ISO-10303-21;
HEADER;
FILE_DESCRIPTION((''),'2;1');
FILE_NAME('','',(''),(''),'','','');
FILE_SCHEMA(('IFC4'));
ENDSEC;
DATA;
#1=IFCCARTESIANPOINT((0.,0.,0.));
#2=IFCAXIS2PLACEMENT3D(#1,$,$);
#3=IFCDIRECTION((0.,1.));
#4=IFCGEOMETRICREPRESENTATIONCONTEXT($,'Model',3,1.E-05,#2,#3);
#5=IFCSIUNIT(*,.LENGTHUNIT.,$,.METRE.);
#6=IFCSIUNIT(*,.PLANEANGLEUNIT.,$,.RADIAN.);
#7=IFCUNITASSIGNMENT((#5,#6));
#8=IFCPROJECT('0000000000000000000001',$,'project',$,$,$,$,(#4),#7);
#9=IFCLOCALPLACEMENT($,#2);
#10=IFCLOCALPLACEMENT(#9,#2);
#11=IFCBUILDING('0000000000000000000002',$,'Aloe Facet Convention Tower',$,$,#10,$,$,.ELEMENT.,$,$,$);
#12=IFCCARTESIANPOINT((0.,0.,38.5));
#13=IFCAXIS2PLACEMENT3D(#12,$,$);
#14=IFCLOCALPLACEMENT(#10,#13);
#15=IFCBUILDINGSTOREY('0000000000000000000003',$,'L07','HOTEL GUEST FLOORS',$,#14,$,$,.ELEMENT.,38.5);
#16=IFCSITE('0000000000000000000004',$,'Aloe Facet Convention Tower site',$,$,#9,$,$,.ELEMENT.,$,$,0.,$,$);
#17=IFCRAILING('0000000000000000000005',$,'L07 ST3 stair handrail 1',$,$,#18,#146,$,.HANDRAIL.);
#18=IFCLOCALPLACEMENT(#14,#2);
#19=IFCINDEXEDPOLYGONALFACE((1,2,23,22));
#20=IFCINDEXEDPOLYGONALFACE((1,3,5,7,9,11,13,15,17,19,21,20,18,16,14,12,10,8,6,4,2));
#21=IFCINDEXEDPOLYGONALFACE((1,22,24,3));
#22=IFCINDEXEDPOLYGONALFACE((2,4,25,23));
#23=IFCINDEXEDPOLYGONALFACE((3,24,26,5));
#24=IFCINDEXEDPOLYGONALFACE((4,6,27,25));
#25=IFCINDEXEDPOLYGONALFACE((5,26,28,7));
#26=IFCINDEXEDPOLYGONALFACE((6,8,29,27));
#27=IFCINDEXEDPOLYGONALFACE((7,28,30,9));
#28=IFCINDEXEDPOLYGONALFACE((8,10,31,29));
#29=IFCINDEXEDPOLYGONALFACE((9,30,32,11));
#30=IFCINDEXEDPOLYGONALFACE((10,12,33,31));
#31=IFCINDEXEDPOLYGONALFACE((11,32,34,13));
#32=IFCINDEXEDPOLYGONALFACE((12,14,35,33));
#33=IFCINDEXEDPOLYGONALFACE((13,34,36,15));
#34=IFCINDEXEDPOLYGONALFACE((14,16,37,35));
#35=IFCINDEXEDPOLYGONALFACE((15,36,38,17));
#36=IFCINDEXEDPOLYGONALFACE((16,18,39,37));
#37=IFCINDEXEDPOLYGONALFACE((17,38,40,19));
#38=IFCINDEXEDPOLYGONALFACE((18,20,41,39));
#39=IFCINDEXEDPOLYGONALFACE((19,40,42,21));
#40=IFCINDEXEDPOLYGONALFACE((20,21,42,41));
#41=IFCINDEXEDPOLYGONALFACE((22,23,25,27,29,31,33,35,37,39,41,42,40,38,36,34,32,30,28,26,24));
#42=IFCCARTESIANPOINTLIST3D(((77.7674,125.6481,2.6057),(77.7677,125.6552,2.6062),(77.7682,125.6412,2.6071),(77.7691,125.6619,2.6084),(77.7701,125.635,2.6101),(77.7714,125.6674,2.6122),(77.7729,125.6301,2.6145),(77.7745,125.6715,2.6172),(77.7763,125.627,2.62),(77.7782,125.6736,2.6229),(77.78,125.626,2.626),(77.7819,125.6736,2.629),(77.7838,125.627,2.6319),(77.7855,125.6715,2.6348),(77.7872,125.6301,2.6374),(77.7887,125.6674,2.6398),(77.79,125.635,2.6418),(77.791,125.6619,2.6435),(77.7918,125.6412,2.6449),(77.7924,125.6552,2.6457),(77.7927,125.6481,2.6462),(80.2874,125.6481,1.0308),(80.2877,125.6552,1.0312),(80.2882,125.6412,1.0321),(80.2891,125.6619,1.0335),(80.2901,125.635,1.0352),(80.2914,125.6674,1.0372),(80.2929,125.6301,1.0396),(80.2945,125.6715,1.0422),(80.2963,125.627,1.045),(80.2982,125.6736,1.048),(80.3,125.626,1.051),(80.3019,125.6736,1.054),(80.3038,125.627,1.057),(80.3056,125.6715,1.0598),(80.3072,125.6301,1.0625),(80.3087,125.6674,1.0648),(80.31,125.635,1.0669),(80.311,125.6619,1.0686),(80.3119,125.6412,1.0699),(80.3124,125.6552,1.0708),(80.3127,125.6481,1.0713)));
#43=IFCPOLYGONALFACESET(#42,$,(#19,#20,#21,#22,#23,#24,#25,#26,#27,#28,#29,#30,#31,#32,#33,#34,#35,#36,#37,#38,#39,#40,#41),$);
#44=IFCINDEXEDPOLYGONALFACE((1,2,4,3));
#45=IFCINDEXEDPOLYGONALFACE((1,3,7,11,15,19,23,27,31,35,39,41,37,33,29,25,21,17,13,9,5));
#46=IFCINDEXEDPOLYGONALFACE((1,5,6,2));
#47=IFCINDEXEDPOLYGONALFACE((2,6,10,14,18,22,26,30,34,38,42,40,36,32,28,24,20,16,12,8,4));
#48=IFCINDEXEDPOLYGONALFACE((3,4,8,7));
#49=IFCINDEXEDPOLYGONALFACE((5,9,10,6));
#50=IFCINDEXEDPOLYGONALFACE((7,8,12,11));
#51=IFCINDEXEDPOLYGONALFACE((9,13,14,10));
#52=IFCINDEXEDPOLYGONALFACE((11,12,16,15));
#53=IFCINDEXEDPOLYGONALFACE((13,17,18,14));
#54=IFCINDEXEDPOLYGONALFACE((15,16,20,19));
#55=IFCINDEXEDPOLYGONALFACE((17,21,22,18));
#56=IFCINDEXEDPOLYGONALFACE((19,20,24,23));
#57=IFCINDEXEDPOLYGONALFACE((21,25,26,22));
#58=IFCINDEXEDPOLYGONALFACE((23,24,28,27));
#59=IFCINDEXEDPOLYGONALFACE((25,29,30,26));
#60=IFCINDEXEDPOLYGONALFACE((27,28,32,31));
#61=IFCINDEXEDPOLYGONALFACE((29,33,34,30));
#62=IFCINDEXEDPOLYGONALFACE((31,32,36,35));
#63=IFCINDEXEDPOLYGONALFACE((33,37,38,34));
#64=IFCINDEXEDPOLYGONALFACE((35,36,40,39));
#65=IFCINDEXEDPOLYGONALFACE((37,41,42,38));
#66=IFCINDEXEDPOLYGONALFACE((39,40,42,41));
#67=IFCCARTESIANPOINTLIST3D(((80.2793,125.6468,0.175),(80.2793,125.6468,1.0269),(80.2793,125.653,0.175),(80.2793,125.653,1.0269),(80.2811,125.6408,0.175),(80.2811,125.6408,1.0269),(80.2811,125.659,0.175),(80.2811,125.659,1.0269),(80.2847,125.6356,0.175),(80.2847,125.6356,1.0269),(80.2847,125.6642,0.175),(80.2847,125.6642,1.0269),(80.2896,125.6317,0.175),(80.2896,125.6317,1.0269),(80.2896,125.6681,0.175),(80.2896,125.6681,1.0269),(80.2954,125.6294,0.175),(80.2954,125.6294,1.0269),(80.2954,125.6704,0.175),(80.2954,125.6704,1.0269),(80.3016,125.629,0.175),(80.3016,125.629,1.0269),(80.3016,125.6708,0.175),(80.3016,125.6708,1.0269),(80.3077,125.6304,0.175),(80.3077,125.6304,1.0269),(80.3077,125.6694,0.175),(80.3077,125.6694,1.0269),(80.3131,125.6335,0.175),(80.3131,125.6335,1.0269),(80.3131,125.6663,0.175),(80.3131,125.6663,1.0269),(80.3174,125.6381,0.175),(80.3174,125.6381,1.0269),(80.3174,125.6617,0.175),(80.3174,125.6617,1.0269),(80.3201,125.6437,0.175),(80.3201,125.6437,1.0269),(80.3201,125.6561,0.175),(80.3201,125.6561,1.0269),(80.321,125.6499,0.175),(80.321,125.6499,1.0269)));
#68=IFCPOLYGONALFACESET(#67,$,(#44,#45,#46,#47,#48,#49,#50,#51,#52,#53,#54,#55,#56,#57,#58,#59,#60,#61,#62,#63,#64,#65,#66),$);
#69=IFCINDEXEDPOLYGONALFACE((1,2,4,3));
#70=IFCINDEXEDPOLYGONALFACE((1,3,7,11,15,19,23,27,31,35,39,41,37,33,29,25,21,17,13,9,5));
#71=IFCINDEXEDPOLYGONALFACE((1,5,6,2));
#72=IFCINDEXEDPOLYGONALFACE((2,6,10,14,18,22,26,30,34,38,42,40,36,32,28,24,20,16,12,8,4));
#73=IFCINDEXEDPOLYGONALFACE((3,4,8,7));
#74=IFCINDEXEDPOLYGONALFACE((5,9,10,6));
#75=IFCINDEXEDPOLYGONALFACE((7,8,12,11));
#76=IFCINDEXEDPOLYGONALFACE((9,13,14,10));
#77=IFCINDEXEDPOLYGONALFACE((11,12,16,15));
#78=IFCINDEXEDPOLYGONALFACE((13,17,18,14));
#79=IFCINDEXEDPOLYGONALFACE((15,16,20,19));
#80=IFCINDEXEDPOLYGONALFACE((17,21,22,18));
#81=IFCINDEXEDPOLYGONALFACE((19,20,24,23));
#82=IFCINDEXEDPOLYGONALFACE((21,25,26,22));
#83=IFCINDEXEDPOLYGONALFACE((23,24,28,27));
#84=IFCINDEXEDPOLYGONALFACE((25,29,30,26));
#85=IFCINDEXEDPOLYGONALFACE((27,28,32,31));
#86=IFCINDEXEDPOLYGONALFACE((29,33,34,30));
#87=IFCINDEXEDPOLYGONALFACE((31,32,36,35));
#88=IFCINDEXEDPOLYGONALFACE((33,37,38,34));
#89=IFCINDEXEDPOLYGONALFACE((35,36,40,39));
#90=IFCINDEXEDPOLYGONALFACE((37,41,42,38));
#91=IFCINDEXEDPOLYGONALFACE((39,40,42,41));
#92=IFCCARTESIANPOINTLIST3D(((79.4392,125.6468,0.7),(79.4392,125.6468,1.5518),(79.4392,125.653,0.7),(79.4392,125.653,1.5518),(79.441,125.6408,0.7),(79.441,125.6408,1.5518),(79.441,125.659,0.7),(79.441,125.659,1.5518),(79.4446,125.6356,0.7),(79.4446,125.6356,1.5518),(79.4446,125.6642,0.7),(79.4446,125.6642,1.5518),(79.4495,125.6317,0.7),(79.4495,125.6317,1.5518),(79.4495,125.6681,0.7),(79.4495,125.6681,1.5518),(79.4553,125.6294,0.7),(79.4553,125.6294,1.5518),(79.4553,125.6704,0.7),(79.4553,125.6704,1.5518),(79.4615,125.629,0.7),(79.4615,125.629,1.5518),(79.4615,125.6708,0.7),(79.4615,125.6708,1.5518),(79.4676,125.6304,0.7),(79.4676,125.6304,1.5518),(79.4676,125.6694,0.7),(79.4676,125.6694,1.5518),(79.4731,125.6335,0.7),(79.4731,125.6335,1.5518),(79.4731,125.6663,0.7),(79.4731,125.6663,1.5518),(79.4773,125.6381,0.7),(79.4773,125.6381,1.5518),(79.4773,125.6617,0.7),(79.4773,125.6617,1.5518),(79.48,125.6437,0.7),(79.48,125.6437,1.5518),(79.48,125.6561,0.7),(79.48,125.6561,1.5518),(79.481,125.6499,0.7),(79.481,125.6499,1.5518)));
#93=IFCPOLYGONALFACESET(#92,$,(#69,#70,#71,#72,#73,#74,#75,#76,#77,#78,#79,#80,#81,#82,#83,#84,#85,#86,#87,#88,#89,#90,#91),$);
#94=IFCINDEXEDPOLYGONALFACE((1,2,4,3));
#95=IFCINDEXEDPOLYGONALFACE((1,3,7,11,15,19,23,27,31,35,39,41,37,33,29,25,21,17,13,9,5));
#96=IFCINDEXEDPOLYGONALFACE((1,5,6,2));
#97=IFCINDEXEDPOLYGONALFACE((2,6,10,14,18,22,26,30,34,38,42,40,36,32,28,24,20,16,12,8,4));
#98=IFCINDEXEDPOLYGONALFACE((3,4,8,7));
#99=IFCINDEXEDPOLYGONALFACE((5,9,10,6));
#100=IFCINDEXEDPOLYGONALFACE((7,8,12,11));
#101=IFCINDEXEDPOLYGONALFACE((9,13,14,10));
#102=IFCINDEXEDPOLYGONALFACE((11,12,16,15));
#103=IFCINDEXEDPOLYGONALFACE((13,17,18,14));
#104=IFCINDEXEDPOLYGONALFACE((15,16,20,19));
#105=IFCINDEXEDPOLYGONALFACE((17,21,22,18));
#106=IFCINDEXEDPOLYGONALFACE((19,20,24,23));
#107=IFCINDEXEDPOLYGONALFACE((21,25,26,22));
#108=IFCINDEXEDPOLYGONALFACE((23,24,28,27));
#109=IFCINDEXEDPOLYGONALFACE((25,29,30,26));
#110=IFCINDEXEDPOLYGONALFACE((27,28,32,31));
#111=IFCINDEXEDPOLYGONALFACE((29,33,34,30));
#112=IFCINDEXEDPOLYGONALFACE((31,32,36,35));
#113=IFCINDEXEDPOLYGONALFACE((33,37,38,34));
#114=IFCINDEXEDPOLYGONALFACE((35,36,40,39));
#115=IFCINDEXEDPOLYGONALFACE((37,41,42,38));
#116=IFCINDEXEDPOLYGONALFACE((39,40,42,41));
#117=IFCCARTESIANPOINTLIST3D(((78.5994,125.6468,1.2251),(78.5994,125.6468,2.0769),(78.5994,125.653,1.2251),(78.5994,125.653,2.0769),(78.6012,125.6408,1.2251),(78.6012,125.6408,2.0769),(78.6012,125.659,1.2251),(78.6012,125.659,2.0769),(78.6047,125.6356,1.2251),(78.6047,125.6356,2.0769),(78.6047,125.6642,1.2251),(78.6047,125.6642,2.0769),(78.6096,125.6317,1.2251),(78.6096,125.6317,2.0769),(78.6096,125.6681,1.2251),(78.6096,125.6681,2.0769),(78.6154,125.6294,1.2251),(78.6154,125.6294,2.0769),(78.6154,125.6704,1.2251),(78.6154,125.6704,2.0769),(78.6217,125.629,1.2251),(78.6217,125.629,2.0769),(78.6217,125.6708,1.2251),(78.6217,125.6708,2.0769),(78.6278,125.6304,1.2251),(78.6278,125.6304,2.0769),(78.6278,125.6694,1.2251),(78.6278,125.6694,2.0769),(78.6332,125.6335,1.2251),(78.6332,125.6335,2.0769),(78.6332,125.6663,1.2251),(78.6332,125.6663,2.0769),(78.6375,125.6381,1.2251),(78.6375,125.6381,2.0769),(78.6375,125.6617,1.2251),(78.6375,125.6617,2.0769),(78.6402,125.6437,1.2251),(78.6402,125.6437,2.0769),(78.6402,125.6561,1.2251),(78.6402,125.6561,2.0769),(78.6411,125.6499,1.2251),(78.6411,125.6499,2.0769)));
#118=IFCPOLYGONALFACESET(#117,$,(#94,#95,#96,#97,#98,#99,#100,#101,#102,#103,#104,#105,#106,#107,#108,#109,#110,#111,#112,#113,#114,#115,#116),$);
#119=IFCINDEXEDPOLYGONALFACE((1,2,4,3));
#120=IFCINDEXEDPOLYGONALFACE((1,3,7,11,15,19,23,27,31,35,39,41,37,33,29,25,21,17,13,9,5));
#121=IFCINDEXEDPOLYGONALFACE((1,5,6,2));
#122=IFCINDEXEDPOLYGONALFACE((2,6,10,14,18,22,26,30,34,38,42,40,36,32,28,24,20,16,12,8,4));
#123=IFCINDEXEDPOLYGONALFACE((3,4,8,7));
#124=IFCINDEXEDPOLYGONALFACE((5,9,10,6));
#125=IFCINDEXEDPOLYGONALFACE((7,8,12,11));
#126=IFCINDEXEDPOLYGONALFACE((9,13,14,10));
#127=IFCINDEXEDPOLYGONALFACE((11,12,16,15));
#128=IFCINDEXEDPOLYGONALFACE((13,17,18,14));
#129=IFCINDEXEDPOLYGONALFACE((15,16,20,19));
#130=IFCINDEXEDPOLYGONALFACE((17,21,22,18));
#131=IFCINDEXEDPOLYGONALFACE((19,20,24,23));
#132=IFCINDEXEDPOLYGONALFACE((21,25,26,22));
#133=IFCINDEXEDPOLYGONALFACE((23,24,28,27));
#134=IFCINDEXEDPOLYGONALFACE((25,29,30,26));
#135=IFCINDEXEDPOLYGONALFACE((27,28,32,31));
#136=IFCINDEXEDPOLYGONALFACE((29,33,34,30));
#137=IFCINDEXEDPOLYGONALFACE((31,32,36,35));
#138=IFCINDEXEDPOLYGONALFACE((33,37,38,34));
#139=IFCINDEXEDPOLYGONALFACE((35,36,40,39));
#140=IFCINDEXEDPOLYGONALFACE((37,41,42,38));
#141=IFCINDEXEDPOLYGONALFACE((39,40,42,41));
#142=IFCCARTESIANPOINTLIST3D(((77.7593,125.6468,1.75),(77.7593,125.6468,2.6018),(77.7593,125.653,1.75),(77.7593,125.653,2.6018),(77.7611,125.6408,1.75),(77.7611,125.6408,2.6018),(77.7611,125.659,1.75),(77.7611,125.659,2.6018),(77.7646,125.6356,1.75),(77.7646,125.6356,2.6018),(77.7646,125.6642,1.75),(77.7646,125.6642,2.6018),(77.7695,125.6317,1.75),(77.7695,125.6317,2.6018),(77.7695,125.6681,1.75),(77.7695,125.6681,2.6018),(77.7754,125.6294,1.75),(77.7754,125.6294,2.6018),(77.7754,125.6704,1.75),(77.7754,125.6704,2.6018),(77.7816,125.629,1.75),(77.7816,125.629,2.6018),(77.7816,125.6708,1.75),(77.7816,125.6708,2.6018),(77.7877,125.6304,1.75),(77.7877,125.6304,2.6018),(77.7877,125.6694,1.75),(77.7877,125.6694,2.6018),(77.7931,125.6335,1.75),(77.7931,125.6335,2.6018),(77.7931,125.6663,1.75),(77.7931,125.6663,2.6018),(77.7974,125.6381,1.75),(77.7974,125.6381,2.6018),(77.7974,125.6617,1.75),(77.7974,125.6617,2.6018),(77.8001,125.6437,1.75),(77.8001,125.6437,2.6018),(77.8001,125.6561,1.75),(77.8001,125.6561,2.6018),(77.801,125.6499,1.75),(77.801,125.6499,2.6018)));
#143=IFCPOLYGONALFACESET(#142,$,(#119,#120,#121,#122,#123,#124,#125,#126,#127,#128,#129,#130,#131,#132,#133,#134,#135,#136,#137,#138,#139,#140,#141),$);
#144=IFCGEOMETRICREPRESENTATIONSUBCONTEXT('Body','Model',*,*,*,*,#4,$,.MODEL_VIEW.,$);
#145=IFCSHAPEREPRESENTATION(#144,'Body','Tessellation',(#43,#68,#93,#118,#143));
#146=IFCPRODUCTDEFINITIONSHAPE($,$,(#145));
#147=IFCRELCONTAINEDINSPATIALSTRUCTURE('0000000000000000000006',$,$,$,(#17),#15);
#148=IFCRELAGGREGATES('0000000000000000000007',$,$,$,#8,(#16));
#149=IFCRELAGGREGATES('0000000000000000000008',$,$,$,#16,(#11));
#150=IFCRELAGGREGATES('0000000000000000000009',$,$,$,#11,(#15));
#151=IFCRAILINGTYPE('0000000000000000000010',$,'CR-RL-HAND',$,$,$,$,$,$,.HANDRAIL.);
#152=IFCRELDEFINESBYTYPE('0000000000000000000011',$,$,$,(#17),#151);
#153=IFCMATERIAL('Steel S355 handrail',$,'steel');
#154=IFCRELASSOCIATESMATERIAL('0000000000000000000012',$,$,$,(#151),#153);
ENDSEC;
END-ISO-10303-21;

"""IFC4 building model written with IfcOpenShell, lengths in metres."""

from ifc_helpers import new_model, si_unit, direction, frame, origin, origin_2d, place, context, subcontext, project, spatial, circle, extrude, material, type_object, element, save


model = new_model("IFC4")

# Units and contexts
model_context = context("Model", 3, precision=1e-05, world=origin(), true_north=direction((0.0, 1.0)))
body_context = subcontext(model_context, "Body", "Model", "MODEL_VIEW")
ifc_project = project(units=[si_unit("LENGTHUNIT", "METRE"), si_unit("PLANEANGLEUNIT", "RADIAN")], contexts=[model_context])

# Site, building, storey
site_placement = place(None, origin())
site = spatial("IfcSite", under=ifc_project, at=site_placement, Name="Aloe Facet Convention Tower site", CompositionType="ELEMENT", RefElevation=0.0)
building_placement = place(site_placement, origin())
building = spatial("IfcBuilding", under=site, at=building_placement, Name="Aloe Facet Convention Tower", CompositionType="ELEMENT")
storey_placement = place(building_placement, frame((0.0, 0.0, 38.5)))
storey = spatial("IfcBuildingStorey", under=building, at=storey_placement, Name="L07", Description="HOTEL GUEST FLOORS", CompositionType="ELEMENT", Elevation=38.5)

# Railing
ifc_material_1 = material(Name="Steel S355 handrail", Category="steel")
railing_type_1 = type_object("IfcRailingType", Name="CR-RL-HAND", PredefinedType="HANDRAIL", material=ifc_material_1)
railing_1_placement = place(storey_placement, frame((80.3, 125.6499, 0.175)))
element("IfcRailing", 1, at=railing_1_placement, inside=storey, type_object=railing_type_1, Name="L07 ST3 stair handrail 1", PredefinedType="HANDRAIL", context=body_context, shape_type="SweptSolid", body=[
    extrude(circle(Radius=0.0239, at=origin_2d()), frame((0.0, 0.0, 0.876), z_axis=(-0.848008, 0.0, 0.529984), x_axis=(0.0, -1.0, 0.0)), (0.0, 0.0, 1.0), 2.9717),
    extrude(circle(Radius=0.021, at=origin_2d()), origin(), (0.0, 0.0, 1.0), 0.8518),
    extrude(circle(Radius=0.021, at=origin_2d()), frame((-0.8401, 0.0, 0.5249)), (0.0, 0.0, 1.0), 0.8518),
    extrude(circle(Radius=0.021, at=origin_2d()), frame((-1.6799, 0.0, 1.05)), (0.0, 0.0, 1.0), 0.8518),
    extrude(circle(Radius=0.021, at=origin_2d()), frame((-2.52, 0.0, 1.575)), (0.0, 0.0, 1.0), 0.8518),
])

save(model, "model.ifc")
